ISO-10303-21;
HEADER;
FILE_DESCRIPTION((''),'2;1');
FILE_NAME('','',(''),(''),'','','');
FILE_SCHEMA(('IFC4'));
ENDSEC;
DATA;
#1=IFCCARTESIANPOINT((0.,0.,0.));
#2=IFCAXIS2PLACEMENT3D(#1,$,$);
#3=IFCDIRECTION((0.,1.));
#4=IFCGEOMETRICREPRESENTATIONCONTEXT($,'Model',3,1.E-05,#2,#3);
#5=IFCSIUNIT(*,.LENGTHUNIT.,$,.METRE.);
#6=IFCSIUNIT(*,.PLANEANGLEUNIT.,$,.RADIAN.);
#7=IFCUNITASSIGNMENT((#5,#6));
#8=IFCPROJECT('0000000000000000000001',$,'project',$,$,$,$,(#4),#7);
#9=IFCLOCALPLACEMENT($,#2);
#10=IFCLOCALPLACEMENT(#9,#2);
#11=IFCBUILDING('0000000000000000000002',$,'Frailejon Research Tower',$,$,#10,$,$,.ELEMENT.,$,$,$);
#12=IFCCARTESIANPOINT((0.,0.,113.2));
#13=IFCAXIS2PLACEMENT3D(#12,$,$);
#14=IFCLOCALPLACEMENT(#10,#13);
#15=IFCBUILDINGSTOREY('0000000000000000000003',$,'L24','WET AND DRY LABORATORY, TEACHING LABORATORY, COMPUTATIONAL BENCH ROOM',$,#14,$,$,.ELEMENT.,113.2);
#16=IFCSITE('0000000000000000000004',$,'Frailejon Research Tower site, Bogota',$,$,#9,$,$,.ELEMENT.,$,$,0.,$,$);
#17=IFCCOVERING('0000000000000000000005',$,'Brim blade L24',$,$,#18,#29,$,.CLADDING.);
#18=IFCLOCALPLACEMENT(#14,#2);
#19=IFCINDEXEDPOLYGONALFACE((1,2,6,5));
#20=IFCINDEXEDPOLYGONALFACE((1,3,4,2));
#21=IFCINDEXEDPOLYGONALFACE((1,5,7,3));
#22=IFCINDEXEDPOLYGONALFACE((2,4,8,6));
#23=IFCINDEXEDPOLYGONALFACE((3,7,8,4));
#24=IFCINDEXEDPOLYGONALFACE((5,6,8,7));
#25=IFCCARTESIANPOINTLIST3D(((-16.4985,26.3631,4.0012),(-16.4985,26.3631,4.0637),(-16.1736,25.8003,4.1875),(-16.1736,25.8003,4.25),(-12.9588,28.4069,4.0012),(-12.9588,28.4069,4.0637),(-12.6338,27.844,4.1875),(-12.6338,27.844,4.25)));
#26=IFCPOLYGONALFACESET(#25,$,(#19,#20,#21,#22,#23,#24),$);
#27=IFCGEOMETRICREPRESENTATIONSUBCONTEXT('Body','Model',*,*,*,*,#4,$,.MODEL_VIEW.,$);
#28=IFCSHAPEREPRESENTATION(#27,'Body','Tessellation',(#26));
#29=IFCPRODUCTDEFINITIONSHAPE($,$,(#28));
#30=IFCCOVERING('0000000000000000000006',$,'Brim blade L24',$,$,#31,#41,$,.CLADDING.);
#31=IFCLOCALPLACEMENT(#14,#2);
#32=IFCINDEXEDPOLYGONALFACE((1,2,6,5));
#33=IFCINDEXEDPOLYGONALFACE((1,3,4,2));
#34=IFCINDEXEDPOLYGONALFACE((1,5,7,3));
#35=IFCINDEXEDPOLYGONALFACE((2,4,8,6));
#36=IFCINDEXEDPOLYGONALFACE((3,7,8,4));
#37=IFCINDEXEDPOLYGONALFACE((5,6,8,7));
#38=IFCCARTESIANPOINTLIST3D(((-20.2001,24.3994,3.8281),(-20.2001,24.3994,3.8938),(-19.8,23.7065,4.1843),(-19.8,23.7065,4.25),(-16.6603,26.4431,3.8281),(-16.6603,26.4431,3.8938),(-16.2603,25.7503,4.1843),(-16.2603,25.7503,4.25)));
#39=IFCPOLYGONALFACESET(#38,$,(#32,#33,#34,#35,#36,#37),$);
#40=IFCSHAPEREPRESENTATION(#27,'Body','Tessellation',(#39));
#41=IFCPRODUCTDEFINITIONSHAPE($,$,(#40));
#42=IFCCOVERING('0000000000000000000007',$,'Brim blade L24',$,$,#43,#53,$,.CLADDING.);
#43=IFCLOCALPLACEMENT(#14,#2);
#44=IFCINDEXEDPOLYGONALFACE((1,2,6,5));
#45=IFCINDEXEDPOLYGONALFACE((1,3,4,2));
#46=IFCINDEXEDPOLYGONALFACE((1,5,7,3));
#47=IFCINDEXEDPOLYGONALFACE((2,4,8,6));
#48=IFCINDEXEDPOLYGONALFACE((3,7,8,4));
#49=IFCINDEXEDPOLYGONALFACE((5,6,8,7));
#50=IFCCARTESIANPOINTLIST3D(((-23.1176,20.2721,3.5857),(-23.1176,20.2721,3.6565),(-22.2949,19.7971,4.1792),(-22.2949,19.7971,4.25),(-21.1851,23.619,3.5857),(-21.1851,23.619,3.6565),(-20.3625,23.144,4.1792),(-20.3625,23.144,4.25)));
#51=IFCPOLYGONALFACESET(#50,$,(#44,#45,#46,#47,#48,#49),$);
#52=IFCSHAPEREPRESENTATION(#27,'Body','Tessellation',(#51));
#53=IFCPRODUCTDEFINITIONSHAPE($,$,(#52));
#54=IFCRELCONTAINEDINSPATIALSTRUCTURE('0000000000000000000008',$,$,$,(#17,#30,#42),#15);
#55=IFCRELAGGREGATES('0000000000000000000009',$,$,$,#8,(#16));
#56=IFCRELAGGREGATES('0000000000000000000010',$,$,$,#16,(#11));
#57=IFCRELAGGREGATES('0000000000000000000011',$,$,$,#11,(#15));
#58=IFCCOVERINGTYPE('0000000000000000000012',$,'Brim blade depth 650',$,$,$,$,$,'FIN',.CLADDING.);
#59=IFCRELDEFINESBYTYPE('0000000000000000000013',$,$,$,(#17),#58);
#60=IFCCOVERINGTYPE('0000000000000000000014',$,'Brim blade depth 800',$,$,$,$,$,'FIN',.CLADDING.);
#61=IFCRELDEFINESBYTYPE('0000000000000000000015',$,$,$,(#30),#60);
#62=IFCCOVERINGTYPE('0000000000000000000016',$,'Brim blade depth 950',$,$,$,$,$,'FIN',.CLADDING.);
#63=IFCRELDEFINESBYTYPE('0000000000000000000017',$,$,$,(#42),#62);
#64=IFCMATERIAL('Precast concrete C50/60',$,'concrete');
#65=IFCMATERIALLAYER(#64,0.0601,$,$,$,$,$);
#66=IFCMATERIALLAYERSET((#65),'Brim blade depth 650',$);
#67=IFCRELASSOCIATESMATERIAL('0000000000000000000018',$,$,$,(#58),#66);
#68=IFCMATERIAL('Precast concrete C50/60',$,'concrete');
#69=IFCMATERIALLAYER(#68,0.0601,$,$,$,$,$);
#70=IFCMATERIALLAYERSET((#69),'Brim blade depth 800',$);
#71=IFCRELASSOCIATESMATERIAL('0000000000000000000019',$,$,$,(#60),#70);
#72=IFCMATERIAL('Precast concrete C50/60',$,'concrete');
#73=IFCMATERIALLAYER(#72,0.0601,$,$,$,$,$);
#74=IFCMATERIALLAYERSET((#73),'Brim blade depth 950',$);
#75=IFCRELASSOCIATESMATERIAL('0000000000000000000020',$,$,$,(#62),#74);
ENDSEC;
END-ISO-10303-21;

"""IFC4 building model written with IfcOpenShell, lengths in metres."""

from ifc_helpers import new_model, si_unit, direction, frame, origin, place, context, subcontext, project, spatial, polyline, outline, extrude, material, layer, layer_set, type_object, element, save


model = new_model("IFC4")

# Units and contexts
model_context = context("Model", 3, precision=1e-05, world=origin(), true_north=direction((0.0, 1.0)))
body_context = subcontext(model_context, "Body", "Model", "MODEL_VIEW")
ifc_project = project(units=[si_unit("LENGTHUNIT", "METRE"), si_unit("PLANEANGLEUNIT", "RADIAN")], contexts=[model_context])

# Site, building, storey
site_placement = place(None, origin())
site = spatial("IfcSite", under=ifc_project, at=site_placement, Name="Frailejon Research Tower site, Bogota", CompositionType="ELEMENT", RefElevation=0.0)
building_placement = place(site_placement, origin())
building = spatial("IfcBuilding", under=site, at=building_placement, Name="Frailejon Research Tower", CompositionType="ELEMENT")
storey_placement = place(building_placement, frame((0.0, 0.0, 113.2)))
storey = spatial("IfcBuildingStorey", under=building, at=storey_placement, Name="L24", Description="WET AND DRY LABORATORY, TEACHING LABORATORY, COMPUTATIONAL BENCH ROOM", CompositionType="ELEMENT", Elevation=113.2)

# Coverings
ifc_material_1 = material(Name="Precast concrete C50/60", Category="concrete")
ifc_layer_1 = layer(ifc_material_1, 0.0601)
ifc_layer_set_1 = layer_set([ifc_layer_1], Name="Brim blade depth 650")
covering_type_1 = type_object("IfcCoveringType", Name="Brim blade depth 650", ElementType="FIN", PredefinedType="CLADDING", material=ifc_layer_set_1)
covering_1_placement = place(storey_placement, frame((-16.1736, 25.8003, 4.25), z_axis=(0.866021, 0.500007, 0.0), x_axis=(-0.500007, 0.866021, 0.0)))
element("IfcCovering", 1, at=covering_1_placement, inside=storey, type_object=covering_type_1, Name="Brim blade L24", PredefinedType="CLADDING", context=body_context, shape_type="SweptSolid", body=[
    extrude(outline(polyline([(0.0, -0.0625), (0.6499, -0.2488), (0.6499, -0.1863), (0.0, 0.0), (0.0, -0.0625)])), origin(), (0.0, 0.0, 1.0), 4.0874),
])
ifc_material_2 = material(Name="Precast concrete C50/60", Category="concrete")
ifc_layer_2 = layer(ifc_material_2, 0.0601)
ifc_layer_set_2 = layer_set([ifc_layer_2], Name="Brim blade depth 800")
covering_type_2 = type_object("IfcCoveringType", Name="Brim blade depth 800", ElementType="FIN", PredefinedType="CLADDING", material=ifc_layer_set_2)
covering_2_placement = place(storey_placement, frame((-19.8, 23.7065, 4.25), z_axis=(0.866021, 0.500007, 0.0), x_axis=(-0.500007, 0.866021, 0.0)))
element("IfcCovering", 2, at=covering_2_placement, inside=storey, type_object=covering_type_2, Name="Brim blade L24", PredefinedType="CLADDING", context=body_context, shape_type="SweptSolid", body=[
    extrude(outline(polyline([(0.0, -0.0657), (0.8, -0.4219), (0.8, -0.3562), (0.0, 0.0), (0.0, -0.0657)])), origin(), (0.0, 0.0, 1.0), 4.0874),
])
ifc_material_3 = material(Name="Precast concrete C50/60", Category="concrete")
ifc_layer_3 = layer(ifc_material_3, 0.0601)
ifc_layer_set_3 = layer_set([ifc_layer_3], Name="Brim blade depth 950")
covering_type_3 = type_object("IfcCoveringType", Name="Brim blade depth 950", ElementType="FIN", PredefinedType="CLADDING", material=ifc_layer_set_3)
covering_3_placement = place(storey_placement, frame((-22.2949, 19.7971, 4.25), z_axis=(0.500021, 0.866013, 0.0), x_axis=(-0.866013, 0.500021, 0.0)))
element("IfcCovering", 3, at=covering_3_placement, inside=storey, type_object=covering_type_3, Name="Brim blade L24", PredefinedType="CLADDING", context=body_context, shape_type="SweptSolid", body=[
    extrude(outline(polyline([(0.0, -0.0708), (0.95, -0.6643), (0.95, -0.5935), (0.0, 0.0), (0.0, -0.0708)])), origin(), (0.0, 0.0, 1.0), 3.8647),
])

save(model, "model.ifc")
